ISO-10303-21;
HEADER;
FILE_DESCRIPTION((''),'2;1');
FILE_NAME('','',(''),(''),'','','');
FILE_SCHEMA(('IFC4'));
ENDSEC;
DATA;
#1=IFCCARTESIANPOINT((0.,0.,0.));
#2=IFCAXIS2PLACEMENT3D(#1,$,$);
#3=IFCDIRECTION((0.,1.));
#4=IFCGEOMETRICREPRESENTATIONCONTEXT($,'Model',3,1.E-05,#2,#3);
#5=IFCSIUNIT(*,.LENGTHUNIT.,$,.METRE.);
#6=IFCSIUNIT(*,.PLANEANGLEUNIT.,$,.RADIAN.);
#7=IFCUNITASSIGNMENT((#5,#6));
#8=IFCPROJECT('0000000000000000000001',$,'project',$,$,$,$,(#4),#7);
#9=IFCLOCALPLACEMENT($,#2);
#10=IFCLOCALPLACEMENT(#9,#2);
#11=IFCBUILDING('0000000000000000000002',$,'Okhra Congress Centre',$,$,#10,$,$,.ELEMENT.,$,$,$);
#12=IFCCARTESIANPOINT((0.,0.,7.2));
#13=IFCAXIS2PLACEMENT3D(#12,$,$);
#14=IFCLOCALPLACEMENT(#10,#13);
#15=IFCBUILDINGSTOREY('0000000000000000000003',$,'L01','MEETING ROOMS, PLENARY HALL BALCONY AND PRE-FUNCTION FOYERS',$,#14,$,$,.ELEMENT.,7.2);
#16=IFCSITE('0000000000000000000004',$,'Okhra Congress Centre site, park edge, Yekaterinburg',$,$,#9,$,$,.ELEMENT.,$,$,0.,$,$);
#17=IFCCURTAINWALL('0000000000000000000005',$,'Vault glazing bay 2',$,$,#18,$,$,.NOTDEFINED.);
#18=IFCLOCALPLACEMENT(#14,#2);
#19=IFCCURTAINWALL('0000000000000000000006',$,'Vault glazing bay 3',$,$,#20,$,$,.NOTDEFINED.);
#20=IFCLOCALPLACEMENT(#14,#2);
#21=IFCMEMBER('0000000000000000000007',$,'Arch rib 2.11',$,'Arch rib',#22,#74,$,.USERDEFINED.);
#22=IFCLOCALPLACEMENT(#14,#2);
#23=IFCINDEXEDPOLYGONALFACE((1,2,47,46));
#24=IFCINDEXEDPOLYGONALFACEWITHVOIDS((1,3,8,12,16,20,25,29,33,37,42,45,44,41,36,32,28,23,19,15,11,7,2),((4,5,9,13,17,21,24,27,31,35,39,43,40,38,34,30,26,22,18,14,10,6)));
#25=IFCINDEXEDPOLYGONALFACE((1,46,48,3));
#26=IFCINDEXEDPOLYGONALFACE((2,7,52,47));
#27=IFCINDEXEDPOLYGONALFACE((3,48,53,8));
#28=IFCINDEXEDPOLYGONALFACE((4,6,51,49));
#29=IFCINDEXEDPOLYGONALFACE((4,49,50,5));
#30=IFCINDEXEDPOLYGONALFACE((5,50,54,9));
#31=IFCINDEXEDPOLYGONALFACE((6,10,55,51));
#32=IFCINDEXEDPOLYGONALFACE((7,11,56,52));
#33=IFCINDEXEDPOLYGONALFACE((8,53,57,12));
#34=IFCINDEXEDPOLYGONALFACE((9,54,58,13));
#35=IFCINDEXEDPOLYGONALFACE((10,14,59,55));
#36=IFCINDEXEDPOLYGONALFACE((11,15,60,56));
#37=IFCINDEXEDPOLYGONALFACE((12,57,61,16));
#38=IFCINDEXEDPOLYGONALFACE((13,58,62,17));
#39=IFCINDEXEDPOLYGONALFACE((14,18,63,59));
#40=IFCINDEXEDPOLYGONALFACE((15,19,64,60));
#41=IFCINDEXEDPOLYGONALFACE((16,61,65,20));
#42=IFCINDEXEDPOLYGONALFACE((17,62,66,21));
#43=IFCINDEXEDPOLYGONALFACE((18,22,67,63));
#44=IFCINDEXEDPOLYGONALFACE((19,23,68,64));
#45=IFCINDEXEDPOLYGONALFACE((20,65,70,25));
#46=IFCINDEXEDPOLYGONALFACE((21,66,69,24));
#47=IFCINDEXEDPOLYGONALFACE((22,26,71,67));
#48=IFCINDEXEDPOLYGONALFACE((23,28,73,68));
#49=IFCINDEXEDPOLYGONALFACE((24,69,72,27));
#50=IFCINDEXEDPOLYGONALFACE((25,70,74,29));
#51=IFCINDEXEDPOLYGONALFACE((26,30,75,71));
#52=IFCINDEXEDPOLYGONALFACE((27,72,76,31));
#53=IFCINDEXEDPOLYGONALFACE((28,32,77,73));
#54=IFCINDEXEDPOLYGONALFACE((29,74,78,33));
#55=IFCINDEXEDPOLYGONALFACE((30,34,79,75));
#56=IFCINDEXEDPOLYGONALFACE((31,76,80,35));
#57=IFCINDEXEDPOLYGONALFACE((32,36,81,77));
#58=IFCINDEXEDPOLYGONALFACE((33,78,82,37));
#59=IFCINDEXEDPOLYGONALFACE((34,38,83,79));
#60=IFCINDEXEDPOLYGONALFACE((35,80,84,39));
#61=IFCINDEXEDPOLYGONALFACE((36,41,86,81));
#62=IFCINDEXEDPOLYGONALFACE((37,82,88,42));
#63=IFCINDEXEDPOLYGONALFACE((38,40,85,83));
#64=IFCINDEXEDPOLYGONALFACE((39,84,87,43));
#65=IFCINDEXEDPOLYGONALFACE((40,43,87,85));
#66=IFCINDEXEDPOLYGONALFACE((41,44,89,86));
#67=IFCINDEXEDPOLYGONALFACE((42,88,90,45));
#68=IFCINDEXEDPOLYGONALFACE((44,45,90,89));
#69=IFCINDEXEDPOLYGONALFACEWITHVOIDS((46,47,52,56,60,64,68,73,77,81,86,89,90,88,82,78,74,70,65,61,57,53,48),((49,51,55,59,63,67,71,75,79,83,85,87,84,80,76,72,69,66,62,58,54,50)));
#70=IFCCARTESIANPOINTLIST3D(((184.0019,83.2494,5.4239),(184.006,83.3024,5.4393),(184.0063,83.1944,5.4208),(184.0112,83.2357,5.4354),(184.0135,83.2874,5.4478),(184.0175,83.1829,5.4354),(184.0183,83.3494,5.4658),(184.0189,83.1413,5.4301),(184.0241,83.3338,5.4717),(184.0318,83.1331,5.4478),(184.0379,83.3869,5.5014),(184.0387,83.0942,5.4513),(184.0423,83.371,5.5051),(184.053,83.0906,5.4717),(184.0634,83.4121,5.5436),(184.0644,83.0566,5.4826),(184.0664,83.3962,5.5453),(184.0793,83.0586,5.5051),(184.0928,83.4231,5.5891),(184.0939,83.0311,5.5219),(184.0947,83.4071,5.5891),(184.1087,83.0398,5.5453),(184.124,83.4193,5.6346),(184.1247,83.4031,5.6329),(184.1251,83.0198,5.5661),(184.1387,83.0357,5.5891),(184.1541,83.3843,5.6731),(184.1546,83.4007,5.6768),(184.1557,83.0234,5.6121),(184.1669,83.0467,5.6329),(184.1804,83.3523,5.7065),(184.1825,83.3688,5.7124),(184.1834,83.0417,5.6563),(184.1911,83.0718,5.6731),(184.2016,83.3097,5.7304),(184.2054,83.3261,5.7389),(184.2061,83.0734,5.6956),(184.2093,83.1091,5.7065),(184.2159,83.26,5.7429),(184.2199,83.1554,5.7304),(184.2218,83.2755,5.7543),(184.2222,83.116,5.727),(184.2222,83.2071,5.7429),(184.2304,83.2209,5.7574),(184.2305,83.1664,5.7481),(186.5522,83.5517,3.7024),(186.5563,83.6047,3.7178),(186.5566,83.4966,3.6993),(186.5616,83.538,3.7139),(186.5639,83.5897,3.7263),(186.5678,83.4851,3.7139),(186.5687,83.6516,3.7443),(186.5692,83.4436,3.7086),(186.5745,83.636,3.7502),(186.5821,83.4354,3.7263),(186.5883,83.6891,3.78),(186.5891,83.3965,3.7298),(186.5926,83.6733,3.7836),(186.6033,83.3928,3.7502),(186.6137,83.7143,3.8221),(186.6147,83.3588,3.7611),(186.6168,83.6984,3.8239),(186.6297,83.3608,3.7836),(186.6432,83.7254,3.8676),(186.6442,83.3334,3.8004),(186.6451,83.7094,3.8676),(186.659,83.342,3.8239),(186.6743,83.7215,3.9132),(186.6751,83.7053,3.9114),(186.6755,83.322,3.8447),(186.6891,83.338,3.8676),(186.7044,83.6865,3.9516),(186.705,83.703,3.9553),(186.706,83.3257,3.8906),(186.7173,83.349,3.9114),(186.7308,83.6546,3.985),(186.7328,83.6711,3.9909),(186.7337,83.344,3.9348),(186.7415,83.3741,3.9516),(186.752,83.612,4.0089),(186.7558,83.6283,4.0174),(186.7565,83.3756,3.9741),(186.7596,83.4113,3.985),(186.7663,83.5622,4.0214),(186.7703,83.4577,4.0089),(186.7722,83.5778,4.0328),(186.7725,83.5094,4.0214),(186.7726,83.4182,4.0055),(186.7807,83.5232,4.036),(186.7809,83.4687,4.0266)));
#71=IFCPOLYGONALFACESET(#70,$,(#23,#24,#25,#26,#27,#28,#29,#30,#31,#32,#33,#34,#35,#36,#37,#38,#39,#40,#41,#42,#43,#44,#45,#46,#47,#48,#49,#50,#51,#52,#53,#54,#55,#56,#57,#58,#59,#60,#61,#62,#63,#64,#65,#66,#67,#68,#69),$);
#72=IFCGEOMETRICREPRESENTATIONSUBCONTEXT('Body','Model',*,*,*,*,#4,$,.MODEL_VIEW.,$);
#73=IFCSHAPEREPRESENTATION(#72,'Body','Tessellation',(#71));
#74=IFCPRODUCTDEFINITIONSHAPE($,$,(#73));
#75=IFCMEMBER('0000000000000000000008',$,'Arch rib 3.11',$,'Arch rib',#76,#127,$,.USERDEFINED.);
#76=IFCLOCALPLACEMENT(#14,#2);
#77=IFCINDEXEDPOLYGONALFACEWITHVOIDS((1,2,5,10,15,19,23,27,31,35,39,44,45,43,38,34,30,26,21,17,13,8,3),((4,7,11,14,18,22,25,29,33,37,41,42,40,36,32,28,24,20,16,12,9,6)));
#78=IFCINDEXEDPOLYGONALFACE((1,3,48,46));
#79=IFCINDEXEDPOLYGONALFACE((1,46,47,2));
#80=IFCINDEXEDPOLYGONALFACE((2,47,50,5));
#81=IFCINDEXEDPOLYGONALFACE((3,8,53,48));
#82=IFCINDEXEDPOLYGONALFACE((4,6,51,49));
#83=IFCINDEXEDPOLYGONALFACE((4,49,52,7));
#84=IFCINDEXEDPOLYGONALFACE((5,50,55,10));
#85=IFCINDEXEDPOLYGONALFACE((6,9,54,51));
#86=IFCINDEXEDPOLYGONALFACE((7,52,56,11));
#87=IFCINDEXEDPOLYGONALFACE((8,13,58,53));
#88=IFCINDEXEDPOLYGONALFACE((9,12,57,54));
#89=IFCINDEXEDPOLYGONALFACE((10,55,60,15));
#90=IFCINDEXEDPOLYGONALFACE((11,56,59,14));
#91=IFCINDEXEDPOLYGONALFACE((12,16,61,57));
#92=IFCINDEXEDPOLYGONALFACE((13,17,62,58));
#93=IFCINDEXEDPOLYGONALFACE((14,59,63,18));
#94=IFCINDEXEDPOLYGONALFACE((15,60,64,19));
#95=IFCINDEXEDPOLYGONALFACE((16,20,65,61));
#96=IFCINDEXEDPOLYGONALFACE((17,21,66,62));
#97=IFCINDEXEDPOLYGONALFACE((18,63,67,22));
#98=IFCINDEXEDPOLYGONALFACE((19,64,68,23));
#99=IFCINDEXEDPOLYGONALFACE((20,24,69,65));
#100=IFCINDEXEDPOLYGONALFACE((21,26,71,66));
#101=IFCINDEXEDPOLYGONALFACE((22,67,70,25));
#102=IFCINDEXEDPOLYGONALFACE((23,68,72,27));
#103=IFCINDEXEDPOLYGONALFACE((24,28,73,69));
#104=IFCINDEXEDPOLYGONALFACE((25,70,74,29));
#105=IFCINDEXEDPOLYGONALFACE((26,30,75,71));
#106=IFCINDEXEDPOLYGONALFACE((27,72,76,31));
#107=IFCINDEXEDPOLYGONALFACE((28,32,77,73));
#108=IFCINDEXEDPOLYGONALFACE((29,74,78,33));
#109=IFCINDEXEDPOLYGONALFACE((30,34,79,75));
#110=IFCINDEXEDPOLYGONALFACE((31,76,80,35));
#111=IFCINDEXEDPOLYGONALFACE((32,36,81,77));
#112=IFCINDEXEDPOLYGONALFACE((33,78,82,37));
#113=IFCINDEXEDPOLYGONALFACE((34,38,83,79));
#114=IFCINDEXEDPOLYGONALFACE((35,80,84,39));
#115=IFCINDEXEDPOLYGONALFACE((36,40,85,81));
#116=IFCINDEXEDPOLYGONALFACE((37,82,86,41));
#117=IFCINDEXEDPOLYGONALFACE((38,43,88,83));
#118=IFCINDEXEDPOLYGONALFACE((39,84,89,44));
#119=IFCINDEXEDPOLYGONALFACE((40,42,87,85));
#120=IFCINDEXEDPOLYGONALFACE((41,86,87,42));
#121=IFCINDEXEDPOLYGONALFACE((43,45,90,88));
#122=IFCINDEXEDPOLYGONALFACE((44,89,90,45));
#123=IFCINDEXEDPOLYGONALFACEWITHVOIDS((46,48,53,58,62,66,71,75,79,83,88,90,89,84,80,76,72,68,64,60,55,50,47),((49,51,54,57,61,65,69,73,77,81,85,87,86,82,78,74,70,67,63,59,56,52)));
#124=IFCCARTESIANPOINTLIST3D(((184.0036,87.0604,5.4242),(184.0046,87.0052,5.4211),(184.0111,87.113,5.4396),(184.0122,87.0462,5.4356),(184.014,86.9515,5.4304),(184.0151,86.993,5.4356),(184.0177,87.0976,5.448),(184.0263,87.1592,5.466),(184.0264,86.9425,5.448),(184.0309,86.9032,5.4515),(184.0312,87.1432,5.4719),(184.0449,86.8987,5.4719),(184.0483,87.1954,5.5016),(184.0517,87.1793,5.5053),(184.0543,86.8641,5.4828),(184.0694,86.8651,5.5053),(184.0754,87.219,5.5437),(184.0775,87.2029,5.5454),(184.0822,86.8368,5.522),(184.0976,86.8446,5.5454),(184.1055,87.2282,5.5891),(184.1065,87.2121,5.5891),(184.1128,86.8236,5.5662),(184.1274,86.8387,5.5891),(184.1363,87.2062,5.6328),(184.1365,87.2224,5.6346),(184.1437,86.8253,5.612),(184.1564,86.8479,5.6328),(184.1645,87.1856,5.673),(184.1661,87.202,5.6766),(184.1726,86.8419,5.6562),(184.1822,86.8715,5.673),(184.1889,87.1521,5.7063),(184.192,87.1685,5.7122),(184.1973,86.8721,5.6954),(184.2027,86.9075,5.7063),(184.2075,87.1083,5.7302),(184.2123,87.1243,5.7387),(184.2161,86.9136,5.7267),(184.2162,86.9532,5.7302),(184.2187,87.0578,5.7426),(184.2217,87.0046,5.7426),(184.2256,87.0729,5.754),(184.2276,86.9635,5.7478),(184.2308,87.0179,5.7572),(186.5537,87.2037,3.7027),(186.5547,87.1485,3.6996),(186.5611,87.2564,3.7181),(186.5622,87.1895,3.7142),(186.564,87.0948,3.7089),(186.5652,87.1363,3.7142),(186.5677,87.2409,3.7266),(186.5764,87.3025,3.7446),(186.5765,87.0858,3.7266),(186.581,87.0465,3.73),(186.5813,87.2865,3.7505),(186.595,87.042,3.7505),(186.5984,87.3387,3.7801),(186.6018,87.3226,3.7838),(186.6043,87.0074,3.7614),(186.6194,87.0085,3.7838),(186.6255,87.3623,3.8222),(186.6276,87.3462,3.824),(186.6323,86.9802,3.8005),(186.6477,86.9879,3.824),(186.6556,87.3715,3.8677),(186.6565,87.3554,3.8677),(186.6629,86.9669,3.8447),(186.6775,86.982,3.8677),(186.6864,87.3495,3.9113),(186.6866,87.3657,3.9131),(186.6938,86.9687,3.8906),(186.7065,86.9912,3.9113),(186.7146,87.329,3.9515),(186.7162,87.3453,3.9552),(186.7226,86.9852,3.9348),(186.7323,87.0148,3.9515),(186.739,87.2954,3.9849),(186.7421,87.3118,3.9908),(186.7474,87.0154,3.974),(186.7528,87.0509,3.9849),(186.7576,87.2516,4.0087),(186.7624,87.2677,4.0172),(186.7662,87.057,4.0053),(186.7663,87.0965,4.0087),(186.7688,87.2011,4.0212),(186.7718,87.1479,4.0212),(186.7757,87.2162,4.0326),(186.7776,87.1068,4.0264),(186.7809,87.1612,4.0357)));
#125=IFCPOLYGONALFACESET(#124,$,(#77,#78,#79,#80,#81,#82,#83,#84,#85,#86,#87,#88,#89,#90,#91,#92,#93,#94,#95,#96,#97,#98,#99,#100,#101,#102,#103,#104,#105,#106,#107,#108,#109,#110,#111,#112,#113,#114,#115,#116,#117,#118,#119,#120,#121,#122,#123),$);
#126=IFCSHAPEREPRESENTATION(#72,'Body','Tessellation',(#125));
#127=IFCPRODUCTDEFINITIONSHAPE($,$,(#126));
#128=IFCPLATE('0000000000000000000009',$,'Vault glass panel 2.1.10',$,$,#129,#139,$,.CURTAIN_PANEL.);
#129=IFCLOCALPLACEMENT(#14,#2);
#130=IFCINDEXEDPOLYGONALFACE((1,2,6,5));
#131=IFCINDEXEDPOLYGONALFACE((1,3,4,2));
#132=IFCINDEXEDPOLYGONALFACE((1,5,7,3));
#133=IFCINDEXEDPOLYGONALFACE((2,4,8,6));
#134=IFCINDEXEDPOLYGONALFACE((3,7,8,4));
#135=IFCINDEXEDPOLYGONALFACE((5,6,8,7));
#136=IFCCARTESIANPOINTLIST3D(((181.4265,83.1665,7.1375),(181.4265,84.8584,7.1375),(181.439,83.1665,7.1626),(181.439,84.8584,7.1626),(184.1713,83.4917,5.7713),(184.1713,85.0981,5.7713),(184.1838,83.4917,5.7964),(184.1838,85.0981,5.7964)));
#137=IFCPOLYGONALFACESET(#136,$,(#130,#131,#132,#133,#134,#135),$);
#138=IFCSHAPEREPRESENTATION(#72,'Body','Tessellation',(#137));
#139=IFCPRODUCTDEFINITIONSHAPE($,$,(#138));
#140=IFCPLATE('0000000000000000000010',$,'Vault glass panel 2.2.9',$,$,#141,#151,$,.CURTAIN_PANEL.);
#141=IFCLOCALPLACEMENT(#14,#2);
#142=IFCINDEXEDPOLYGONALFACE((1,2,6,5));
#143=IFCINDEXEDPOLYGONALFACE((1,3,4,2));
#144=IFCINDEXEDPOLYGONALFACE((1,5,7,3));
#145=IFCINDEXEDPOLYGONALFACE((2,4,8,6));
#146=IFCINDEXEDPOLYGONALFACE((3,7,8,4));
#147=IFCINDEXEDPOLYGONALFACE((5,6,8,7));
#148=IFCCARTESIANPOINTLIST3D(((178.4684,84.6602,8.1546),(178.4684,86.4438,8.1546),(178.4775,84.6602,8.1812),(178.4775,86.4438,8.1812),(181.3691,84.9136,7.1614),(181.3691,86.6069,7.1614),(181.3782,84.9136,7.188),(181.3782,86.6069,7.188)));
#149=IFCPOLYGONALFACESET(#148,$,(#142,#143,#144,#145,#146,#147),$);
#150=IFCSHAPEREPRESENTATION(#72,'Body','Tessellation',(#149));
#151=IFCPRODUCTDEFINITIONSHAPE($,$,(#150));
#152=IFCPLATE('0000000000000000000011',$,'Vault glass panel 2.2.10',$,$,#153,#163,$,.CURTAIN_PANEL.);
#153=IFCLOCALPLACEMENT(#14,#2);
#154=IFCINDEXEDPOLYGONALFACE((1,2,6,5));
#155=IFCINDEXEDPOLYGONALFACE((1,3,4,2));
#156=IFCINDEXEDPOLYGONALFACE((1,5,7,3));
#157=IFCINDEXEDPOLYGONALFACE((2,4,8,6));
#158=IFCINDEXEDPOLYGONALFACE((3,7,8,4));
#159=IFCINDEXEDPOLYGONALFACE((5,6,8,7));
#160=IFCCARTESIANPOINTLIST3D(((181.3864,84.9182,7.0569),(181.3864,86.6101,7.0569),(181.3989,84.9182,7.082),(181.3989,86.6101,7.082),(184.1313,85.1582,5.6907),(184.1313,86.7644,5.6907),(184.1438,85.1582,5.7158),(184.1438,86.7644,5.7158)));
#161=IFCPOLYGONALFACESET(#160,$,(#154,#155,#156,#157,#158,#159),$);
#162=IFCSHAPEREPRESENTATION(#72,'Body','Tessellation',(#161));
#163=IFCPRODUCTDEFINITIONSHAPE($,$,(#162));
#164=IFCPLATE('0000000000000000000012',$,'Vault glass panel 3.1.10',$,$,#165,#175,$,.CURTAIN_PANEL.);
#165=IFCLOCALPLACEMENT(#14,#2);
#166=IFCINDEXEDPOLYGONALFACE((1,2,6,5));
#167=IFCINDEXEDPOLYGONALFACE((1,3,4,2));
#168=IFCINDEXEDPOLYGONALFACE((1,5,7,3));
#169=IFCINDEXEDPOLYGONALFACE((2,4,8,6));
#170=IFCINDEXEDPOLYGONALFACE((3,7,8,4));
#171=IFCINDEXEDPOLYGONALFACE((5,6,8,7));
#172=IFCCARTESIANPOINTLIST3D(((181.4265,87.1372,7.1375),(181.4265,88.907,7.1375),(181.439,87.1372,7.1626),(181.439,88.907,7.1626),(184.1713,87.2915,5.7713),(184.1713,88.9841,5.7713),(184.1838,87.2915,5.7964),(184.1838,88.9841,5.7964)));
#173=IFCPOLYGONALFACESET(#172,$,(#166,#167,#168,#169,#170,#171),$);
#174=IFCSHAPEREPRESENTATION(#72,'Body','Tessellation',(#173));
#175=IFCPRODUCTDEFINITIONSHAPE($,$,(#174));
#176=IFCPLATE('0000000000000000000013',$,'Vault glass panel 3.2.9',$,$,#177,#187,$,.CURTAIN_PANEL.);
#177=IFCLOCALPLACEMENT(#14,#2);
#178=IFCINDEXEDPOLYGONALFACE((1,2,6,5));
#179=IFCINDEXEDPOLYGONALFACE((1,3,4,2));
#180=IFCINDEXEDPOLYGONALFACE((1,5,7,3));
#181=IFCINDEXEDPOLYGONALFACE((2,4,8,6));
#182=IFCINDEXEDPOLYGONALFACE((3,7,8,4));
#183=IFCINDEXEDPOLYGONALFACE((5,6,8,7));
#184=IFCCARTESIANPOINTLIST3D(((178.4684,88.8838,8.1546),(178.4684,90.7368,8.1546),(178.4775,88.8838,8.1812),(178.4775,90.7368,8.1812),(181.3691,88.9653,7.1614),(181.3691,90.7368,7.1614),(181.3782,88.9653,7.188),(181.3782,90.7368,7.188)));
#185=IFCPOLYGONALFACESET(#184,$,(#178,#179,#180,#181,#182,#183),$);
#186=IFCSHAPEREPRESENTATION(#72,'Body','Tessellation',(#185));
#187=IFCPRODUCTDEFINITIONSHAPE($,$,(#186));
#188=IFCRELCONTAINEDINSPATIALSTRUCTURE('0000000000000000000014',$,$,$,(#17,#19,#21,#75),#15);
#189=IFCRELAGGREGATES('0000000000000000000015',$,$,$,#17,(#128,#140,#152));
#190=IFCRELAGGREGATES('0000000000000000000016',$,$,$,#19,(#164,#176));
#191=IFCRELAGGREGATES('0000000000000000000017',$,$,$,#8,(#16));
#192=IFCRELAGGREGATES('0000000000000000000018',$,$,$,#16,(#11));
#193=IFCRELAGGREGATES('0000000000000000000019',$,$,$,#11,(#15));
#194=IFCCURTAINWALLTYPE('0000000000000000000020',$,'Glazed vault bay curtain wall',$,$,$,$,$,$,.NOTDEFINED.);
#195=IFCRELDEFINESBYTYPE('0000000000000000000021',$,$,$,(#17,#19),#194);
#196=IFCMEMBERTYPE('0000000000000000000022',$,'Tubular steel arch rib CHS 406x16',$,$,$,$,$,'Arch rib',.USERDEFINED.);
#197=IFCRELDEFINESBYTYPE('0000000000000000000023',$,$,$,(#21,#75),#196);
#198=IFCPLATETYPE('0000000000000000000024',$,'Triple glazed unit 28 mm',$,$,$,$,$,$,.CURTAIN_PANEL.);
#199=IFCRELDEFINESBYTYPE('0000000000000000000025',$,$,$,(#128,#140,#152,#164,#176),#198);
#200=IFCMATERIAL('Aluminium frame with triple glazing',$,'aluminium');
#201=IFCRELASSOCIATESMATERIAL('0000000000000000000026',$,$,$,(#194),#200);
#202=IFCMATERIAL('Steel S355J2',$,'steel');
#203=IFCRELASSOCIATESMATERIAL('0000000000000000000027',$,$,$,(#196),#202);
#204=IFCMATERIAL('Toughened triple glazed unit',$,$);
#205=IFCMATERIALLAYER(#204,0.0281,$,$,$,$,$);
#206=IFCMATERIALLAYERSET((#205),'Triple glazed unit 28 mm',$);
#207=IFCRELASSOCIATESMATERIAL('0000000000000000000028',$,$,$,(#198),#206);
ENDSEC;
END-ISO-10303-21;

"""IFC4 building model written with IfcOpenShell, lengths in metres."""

from ifc_helpers import new_model, si_unit, direction, frame, origin, origin_2d, place, context, subcontext, project, spatial, polyline, hollow_circle, outline, extrude, material, layer, layer_set, material_profile, profile_set, type_object, element, aggregate, save


model = new_model("IFC4")

# Units and contexts
model_context = context("Model", 3, precision=1e-05, world=origin(), true_north=direction((0.0, 1.0)))
body_context = subcontext(model_context, "Body", "Model", "MODEL_VIEW")
ifc_project = project(units=[si_unit("LENGTHUNIT", "METRE"), si_unit("PLANEANGLEUNIT", "RADIAN")], contexts=[model_context])

# Site, building, storey
site_placement = place(None, origin())
site = spatial("IfcSite", under=ifc_project, at=site_placement, Name="Okhra Congress Centre site, park edge, Yekaterinburg", CompositionType="ELEMENT", RefElevation=0.0)
building_placement = place(site_placement, origin())
building = spatial("IfcBuilding", under=site, at=building_placement, Name="Okhra Congress Centre", CompositionType="ELEMENT")
storey_placement = place(building_placement, frame((0.0, 0.0, 7.2)))
storey = spatial("IfcBuildingStorey", under=building, at=storey_placement, Name="L01", Description="MEETING ROOMS, PLENARY HALL BALCONY AND PRE-FUNCTION FOYERS", CompositionType="ELEMENT", Elevation=7.2)

# Curtain walls
ifc_material_1 = material(Name="Aluminium frame with triple glazing", Category="aluminium")
curtain_wall_type = type_object("IfcCurtainWallType", Name="Glazed vault bay curtain wall", PredefinedType="NOTDEFINED", material=ifc_material_1)
curtain_wall_1_placement = place(storey_placement, origin())
curtain_wall_1 = element("IfcCurtainWall", 1, at=curtain_wall_1_placement, inside=storey, type_object=curtain_wall_type, Name="Vault glazing bay 2", PredefinedType="NOTDEFINED")
curtain_wall_2_placement = place(storey_placement, origin())
curtain_wall_2 = element("IfcCurtainWall", 2, at=curtain_wall_2_placement, inside=storey, type_object=curtain_wall_type, Name="Vault glazing bay 3", PredefinedType="NOTDEFINED")

# Members
ifc_material_2 = material(Name="Steel S355J2", Category="steel")
ifc_material_profile_1 = material_profile(ifc_material_2, hollow_circle(Radius=0.2031, WallThickness=0.0161, at=origin_2d()), Name="CHS 406.4x16")
ifc_profile_set_1 = profile_set([ifc_material_profile_1], Name="Steel S355J2")
member_type_1 = type_object("IfcMemberType", Name="Tubular steel arch rib CHS 406x16", ElementType="Arch rib", PredefinedType="USERDEFINED", material=ifc_profile_set_1)
member_1_placement = place(storey_placement, frame((184.1167, 83.2214, 5.5891), z_axis=(0.82488, 0.09776, -0.55679), x_axis=(-0.117691, 0.99305, 0.0)))
element("IfcMember", 3, at=member_1_placement, inside=storey, type_object=member_type_1, Name="Arch rib 2.11", ObjectType="Arch rib", PredefinedType="USERDEFINED", context=body_context, shape_type="SweptSolid", body=[
    extrude(hollow_circle(Radius=0.2031, WallThickness=0.0161, at=origin_2d()), origin(), (0.0, 0.0, 1.0), 3.0918),
])
member_2_placement = place(storey_placement, frame((184.1169, 87.0254, 5.5891), z_axis=(0.827928, 0.046529, -0.558901), x_axis=(-0.056111, 0.998425, 0.0)))
element("IfcMember", 4, at=member_2_placement, inside=storey, type_object=member_type_1, Name="Arch rib 3.11", ObjectType="Arch rib", PredefinedType="USERDEFINED", context=body_context, shape_type="SweptSolid", body=[
    extrude(hollow_circle(Radius=0.2031, WallThickness=0.0161, at=origin_2d()), origin(), (0.0, 0.0, 1.0), 3.0801),
])

# Plates
ifc_material_3 = material(Name="Toughened triple glazed unit")
ifc_layer = layer(ifc_material_3, 0.0281)
ifc_layer_set = layer_set([ifc_layer], Name="Triple glazed unit 28 mm")
plate_type = type_object("IfcPlateType", Name="Triple glazed unit 28 mm", PredefinedType="CURTAIN_PANEL", material=ifc_layer_set)
plate_1_placement = place(storey_placement, frame((181.439, 83.1665, 7.1626), z_axis=(0.445588, 0.0, 0.895238), x_axis=(0.890245, 0.105471, -0.443103)))
plate_1 = element("IfcPlate", 5, at=plate_1_placement, type_object=plate_type, Name="Vault glass panel 2.1.10", PredefinedType="CURTAIN_PANEL", context=body_context, shape_type="SweptSolid", body=[
    extrude(outline(polyline([(0.0, 0.0), (3.0833, 0.0), (3.2527, 1.5975), (0.1784, 1.6825), (0.0, 0.0)])), origin(), (0.0, 0.0, -1.0), 0.0281),
])
plate_2_placement = place(storey_placement, frame((178.4775, 84.6602, 8.1812), z_axis=(0.323933, 0.0, 0.94608), x_axis=(0.942865, 0.082375, -0.322833)))
plate_2 = element("IfcPlate", 6, at=plate_2_placement, type_object=plate_type, Name="Vault glass panel 2.2.9", PredefinedType="CURTAIN_PANEL", context=body_context, shape_type="SweptSolid", body=[
    extrude(outline(polyline([(0.0, 0.0), (3.0764, 0.0), (3.2159, 1.6876), (0.1469, 1.7776), (0.0, 0.0)])), origin(), (0.0, 0.0, -1.0), 0.0281),
])
plate_3_placement = place(storey_placement, frame((181.3989, 84.9182, 7.082), z_axis=(0.445588, 0.0, 0.895238), x_axis=(0.892508, 0.078034, -0.44423)))
plate_3 = element("IfcPlate", 7, at=plate_3_placement, type_object=plate_type, Name="Vault glass panel 2.2.10", PredefinedType="CURTAIN_PANEL", context=body_context, shape_type="SweptSolid", body=[
    extrude(outline(polyline([(0.0, 0.0), (3.0755, 0.0), (3.2008, 1.6013), (0.132, 1.6867), (0.0, 0.0)])), origin(), (0.0, 0.0, -1.0), 0.0281),
])
aggregate(curtain_wall_1, [plate_1, plate_2, plate_3])
plate_4_placement = place(storey_placement, frame((181.439, 87.1372, 7.1626), z_axis=(0.445588, 0.0, 0.895238), x_axis=(0.894106, 0.05026, -0.445025)))
plate_4 = element("IfcPlate", 8, at=plate_4_placement, type_object=plate_type, Name="Vault glass panel 3.1.10", PredefinedType="CURTAIN_PANEL", context=body_context, shape_type="SweptSolid", body=[
    extrude(outline(polyline([(0.0, 0.0), (3.07, 0.0), (3.155, 1.6905), (0.0889, 1.7675), (0.0, 0.0)])), origin(), (0.0, 0.0, -1.0), 0.0281),
])
plate_5_placement = place(storey_placement, frame((178.4775, 88.8838, 8.1812), z_axis=(0.323933, 0.0, 0.94608), x_axis=(0.945745, 0.026587, -0.323819)))
plate_5 = element("IfcPlate", 9, at=plate_5_placement, type_object=plate_type, Name="Vault glass panel 3.2.9", PredefinedType="CURTAIN_PANEL", context=body_context, shape_type="SweptSolid", body=[
    extrude(outline(polyline([(0.0, 0.0), (3.067, 0.0), (3.1141, 1.7709), (0.0493, 1.8524), (0.0, 0.0)])), origin(), (0.0, 0.0, -1.0), 0.0281),
])
aggregate(curtain_wall_2, [plate_4, plate_5])

save(model, "model.ifc")
